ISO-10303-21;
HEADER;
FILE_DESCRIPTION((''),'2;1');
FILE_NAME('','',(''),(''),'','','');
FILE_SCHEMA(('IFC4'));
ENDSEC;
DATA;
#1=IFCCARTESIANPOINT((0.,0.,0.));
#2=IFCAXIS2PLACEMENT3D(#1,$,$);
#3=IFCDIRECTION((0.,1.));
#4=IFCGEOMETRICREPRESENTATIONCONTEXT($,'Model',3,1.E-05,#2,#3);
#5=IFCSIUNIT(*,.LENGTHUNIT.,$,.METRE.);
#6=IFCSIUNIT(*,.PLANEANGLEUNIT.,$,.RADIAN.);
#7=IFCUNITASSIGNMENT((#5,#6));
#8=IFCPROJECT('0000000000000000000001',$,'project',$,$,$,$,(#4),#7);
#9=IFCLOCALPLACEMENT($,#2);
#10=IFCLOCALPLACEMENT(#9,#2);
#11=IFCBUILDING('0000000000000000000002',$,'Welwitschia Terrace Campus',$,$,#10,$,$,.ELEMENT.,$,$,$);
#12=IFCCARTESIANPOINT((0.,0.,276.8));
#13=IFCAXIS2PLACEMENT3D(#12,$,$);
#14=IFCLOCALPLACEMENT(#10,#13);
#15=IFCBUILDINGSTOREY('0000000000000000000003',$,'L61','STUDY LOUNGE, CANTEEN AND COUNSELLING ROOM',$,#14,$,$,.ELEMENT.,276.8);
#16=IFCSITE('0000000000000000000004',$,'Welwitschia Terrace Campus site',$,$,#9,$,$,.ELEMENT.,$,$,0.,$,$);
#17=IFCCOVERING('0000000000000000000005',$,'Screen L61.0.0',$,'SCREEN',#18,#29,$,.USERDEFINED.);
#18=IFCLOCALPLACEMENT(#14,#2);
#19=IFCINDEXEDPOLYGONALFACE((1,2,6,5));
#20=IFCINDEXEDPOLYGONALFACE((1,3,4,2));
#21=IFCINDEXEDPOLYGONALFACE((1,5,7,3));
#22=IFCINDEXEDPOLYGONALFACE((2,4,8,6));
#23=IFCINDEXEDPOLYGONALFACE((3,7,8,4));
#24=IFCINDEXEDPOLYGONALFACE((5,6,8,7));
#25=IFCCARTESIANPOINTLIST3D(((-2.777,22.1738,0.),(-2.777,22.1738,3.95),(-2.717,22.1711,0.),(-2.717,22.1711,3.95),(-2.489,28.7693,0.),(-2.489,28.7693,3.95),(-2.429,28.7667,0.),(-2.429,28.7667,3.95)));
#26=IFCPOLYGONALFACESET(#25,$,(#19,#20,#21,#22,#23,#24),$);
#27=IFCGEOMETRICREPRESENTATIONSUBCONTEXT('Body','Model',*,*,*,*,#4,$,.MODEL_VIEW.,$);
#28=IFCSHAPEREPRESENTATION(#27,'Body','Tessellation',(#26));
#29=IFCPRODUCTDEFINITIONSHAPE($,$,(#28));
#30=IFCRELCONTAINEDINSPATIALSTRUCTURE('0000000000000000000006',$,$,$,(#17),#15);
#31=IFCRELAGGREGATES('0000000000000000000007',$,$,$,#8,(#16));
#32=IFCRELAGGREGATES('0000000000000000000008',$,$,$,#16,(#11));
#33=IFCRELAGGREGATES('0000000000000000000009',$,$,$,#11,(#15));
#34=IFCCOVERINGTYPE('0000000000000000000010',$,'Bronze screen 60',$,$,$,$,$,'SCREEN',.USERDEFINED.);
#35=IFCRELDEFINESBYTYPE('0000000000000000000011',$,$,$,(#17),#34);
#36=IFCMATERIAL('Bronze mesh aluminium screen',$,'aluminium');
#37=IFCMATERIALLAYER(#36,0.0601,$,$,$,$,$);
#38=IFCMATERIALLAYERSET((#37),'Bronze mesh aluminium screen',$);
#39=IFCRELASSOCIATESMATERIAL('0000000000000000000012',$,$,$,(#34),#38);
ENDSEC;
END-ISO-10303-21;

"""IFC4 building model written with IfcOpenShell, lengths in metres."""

from ifc_helpers import new_model, si_unit, direction, frame, origin, origin_2d, place, context, subcontext, project, spatial, rectangle, extrude, material, layer, layer_set, type_object, element, save


model = new_model("IFC4")

# Units and contexts
model_context = context("Model", 3, precision=1e-05, world=origin(), true_north=direction((0.0, 1.0)))
body_context = subcontext(model_context, "Body", "Model", "MODEL_VIEW")
ifc_project = project(units=[si_unit("LENGTHUNIT", "METRE"), si_unit("PLANEANGLEUNIT", "RADIAN")], contexts=[model_context])

# Site, building, storey
site_placement = place(None, origin())
site = spatial("IfcSite", under=ifc_project, at=site_placement, Name="Welwitschia Terrace Campus site", CompositionType="ELEMENT", RefElevation=0.0)
building_placement = place(site_placement, origin())
building = spatial("IfcBuilding", under=site, at=building_placement, Name="Welwitschia Terrace Campus", CompositionType="ELEMENT")
storey_placement = place(building_placement, frame((0.0, 0.0, 276.8)))
storey = spatial("IfcBuildingStorey", under=building, at=storey_placement, Name="L61", Description="STUDY LOUNGE, CANTEEN AND COUNSELLING ROOM", CompositionType="ELEMENT", Elevation=276.8)

# Covering
ifc_material_1 = material(Name="Bronze mesh aluminium screen", Category="aluminium")
ifc_layer_1 = layer(ifc_material_1, 0.0601)
ifc_layer_set_1 = layer_set([ifc_layer_1], Name="Bronze mesh aluminium screen")
covering_type = type_object("IfcCoveringType", Name="Bronze screen 60", ElementType="SCREEN", PredefinedType="USERDEFINED", material=ifc_layer_set_1)
covering_placement = place(storey_placement, frame((-2.603, 25.4702, 0.0), z_axis=(0.0, 0.0, 1.0), x_axis=(-0.043619, -0.999048, 0.0)))
element("IfcCovering", 1, at=covering_placement, inside=storey, type_object=covering_type, Name="Screen L61.0.0", ObjectType="SCREEN", PredefinedType="USERDEFINED", context=body_context, shape_type="SweptSolid", body=[
    extrude(rectangle(XDim=6.6018, YDim=0.0601, at=origin_2d()), origin(), (0.0, 0.0, 1.0), 3.95),
])

save(model, "model.ifc")
